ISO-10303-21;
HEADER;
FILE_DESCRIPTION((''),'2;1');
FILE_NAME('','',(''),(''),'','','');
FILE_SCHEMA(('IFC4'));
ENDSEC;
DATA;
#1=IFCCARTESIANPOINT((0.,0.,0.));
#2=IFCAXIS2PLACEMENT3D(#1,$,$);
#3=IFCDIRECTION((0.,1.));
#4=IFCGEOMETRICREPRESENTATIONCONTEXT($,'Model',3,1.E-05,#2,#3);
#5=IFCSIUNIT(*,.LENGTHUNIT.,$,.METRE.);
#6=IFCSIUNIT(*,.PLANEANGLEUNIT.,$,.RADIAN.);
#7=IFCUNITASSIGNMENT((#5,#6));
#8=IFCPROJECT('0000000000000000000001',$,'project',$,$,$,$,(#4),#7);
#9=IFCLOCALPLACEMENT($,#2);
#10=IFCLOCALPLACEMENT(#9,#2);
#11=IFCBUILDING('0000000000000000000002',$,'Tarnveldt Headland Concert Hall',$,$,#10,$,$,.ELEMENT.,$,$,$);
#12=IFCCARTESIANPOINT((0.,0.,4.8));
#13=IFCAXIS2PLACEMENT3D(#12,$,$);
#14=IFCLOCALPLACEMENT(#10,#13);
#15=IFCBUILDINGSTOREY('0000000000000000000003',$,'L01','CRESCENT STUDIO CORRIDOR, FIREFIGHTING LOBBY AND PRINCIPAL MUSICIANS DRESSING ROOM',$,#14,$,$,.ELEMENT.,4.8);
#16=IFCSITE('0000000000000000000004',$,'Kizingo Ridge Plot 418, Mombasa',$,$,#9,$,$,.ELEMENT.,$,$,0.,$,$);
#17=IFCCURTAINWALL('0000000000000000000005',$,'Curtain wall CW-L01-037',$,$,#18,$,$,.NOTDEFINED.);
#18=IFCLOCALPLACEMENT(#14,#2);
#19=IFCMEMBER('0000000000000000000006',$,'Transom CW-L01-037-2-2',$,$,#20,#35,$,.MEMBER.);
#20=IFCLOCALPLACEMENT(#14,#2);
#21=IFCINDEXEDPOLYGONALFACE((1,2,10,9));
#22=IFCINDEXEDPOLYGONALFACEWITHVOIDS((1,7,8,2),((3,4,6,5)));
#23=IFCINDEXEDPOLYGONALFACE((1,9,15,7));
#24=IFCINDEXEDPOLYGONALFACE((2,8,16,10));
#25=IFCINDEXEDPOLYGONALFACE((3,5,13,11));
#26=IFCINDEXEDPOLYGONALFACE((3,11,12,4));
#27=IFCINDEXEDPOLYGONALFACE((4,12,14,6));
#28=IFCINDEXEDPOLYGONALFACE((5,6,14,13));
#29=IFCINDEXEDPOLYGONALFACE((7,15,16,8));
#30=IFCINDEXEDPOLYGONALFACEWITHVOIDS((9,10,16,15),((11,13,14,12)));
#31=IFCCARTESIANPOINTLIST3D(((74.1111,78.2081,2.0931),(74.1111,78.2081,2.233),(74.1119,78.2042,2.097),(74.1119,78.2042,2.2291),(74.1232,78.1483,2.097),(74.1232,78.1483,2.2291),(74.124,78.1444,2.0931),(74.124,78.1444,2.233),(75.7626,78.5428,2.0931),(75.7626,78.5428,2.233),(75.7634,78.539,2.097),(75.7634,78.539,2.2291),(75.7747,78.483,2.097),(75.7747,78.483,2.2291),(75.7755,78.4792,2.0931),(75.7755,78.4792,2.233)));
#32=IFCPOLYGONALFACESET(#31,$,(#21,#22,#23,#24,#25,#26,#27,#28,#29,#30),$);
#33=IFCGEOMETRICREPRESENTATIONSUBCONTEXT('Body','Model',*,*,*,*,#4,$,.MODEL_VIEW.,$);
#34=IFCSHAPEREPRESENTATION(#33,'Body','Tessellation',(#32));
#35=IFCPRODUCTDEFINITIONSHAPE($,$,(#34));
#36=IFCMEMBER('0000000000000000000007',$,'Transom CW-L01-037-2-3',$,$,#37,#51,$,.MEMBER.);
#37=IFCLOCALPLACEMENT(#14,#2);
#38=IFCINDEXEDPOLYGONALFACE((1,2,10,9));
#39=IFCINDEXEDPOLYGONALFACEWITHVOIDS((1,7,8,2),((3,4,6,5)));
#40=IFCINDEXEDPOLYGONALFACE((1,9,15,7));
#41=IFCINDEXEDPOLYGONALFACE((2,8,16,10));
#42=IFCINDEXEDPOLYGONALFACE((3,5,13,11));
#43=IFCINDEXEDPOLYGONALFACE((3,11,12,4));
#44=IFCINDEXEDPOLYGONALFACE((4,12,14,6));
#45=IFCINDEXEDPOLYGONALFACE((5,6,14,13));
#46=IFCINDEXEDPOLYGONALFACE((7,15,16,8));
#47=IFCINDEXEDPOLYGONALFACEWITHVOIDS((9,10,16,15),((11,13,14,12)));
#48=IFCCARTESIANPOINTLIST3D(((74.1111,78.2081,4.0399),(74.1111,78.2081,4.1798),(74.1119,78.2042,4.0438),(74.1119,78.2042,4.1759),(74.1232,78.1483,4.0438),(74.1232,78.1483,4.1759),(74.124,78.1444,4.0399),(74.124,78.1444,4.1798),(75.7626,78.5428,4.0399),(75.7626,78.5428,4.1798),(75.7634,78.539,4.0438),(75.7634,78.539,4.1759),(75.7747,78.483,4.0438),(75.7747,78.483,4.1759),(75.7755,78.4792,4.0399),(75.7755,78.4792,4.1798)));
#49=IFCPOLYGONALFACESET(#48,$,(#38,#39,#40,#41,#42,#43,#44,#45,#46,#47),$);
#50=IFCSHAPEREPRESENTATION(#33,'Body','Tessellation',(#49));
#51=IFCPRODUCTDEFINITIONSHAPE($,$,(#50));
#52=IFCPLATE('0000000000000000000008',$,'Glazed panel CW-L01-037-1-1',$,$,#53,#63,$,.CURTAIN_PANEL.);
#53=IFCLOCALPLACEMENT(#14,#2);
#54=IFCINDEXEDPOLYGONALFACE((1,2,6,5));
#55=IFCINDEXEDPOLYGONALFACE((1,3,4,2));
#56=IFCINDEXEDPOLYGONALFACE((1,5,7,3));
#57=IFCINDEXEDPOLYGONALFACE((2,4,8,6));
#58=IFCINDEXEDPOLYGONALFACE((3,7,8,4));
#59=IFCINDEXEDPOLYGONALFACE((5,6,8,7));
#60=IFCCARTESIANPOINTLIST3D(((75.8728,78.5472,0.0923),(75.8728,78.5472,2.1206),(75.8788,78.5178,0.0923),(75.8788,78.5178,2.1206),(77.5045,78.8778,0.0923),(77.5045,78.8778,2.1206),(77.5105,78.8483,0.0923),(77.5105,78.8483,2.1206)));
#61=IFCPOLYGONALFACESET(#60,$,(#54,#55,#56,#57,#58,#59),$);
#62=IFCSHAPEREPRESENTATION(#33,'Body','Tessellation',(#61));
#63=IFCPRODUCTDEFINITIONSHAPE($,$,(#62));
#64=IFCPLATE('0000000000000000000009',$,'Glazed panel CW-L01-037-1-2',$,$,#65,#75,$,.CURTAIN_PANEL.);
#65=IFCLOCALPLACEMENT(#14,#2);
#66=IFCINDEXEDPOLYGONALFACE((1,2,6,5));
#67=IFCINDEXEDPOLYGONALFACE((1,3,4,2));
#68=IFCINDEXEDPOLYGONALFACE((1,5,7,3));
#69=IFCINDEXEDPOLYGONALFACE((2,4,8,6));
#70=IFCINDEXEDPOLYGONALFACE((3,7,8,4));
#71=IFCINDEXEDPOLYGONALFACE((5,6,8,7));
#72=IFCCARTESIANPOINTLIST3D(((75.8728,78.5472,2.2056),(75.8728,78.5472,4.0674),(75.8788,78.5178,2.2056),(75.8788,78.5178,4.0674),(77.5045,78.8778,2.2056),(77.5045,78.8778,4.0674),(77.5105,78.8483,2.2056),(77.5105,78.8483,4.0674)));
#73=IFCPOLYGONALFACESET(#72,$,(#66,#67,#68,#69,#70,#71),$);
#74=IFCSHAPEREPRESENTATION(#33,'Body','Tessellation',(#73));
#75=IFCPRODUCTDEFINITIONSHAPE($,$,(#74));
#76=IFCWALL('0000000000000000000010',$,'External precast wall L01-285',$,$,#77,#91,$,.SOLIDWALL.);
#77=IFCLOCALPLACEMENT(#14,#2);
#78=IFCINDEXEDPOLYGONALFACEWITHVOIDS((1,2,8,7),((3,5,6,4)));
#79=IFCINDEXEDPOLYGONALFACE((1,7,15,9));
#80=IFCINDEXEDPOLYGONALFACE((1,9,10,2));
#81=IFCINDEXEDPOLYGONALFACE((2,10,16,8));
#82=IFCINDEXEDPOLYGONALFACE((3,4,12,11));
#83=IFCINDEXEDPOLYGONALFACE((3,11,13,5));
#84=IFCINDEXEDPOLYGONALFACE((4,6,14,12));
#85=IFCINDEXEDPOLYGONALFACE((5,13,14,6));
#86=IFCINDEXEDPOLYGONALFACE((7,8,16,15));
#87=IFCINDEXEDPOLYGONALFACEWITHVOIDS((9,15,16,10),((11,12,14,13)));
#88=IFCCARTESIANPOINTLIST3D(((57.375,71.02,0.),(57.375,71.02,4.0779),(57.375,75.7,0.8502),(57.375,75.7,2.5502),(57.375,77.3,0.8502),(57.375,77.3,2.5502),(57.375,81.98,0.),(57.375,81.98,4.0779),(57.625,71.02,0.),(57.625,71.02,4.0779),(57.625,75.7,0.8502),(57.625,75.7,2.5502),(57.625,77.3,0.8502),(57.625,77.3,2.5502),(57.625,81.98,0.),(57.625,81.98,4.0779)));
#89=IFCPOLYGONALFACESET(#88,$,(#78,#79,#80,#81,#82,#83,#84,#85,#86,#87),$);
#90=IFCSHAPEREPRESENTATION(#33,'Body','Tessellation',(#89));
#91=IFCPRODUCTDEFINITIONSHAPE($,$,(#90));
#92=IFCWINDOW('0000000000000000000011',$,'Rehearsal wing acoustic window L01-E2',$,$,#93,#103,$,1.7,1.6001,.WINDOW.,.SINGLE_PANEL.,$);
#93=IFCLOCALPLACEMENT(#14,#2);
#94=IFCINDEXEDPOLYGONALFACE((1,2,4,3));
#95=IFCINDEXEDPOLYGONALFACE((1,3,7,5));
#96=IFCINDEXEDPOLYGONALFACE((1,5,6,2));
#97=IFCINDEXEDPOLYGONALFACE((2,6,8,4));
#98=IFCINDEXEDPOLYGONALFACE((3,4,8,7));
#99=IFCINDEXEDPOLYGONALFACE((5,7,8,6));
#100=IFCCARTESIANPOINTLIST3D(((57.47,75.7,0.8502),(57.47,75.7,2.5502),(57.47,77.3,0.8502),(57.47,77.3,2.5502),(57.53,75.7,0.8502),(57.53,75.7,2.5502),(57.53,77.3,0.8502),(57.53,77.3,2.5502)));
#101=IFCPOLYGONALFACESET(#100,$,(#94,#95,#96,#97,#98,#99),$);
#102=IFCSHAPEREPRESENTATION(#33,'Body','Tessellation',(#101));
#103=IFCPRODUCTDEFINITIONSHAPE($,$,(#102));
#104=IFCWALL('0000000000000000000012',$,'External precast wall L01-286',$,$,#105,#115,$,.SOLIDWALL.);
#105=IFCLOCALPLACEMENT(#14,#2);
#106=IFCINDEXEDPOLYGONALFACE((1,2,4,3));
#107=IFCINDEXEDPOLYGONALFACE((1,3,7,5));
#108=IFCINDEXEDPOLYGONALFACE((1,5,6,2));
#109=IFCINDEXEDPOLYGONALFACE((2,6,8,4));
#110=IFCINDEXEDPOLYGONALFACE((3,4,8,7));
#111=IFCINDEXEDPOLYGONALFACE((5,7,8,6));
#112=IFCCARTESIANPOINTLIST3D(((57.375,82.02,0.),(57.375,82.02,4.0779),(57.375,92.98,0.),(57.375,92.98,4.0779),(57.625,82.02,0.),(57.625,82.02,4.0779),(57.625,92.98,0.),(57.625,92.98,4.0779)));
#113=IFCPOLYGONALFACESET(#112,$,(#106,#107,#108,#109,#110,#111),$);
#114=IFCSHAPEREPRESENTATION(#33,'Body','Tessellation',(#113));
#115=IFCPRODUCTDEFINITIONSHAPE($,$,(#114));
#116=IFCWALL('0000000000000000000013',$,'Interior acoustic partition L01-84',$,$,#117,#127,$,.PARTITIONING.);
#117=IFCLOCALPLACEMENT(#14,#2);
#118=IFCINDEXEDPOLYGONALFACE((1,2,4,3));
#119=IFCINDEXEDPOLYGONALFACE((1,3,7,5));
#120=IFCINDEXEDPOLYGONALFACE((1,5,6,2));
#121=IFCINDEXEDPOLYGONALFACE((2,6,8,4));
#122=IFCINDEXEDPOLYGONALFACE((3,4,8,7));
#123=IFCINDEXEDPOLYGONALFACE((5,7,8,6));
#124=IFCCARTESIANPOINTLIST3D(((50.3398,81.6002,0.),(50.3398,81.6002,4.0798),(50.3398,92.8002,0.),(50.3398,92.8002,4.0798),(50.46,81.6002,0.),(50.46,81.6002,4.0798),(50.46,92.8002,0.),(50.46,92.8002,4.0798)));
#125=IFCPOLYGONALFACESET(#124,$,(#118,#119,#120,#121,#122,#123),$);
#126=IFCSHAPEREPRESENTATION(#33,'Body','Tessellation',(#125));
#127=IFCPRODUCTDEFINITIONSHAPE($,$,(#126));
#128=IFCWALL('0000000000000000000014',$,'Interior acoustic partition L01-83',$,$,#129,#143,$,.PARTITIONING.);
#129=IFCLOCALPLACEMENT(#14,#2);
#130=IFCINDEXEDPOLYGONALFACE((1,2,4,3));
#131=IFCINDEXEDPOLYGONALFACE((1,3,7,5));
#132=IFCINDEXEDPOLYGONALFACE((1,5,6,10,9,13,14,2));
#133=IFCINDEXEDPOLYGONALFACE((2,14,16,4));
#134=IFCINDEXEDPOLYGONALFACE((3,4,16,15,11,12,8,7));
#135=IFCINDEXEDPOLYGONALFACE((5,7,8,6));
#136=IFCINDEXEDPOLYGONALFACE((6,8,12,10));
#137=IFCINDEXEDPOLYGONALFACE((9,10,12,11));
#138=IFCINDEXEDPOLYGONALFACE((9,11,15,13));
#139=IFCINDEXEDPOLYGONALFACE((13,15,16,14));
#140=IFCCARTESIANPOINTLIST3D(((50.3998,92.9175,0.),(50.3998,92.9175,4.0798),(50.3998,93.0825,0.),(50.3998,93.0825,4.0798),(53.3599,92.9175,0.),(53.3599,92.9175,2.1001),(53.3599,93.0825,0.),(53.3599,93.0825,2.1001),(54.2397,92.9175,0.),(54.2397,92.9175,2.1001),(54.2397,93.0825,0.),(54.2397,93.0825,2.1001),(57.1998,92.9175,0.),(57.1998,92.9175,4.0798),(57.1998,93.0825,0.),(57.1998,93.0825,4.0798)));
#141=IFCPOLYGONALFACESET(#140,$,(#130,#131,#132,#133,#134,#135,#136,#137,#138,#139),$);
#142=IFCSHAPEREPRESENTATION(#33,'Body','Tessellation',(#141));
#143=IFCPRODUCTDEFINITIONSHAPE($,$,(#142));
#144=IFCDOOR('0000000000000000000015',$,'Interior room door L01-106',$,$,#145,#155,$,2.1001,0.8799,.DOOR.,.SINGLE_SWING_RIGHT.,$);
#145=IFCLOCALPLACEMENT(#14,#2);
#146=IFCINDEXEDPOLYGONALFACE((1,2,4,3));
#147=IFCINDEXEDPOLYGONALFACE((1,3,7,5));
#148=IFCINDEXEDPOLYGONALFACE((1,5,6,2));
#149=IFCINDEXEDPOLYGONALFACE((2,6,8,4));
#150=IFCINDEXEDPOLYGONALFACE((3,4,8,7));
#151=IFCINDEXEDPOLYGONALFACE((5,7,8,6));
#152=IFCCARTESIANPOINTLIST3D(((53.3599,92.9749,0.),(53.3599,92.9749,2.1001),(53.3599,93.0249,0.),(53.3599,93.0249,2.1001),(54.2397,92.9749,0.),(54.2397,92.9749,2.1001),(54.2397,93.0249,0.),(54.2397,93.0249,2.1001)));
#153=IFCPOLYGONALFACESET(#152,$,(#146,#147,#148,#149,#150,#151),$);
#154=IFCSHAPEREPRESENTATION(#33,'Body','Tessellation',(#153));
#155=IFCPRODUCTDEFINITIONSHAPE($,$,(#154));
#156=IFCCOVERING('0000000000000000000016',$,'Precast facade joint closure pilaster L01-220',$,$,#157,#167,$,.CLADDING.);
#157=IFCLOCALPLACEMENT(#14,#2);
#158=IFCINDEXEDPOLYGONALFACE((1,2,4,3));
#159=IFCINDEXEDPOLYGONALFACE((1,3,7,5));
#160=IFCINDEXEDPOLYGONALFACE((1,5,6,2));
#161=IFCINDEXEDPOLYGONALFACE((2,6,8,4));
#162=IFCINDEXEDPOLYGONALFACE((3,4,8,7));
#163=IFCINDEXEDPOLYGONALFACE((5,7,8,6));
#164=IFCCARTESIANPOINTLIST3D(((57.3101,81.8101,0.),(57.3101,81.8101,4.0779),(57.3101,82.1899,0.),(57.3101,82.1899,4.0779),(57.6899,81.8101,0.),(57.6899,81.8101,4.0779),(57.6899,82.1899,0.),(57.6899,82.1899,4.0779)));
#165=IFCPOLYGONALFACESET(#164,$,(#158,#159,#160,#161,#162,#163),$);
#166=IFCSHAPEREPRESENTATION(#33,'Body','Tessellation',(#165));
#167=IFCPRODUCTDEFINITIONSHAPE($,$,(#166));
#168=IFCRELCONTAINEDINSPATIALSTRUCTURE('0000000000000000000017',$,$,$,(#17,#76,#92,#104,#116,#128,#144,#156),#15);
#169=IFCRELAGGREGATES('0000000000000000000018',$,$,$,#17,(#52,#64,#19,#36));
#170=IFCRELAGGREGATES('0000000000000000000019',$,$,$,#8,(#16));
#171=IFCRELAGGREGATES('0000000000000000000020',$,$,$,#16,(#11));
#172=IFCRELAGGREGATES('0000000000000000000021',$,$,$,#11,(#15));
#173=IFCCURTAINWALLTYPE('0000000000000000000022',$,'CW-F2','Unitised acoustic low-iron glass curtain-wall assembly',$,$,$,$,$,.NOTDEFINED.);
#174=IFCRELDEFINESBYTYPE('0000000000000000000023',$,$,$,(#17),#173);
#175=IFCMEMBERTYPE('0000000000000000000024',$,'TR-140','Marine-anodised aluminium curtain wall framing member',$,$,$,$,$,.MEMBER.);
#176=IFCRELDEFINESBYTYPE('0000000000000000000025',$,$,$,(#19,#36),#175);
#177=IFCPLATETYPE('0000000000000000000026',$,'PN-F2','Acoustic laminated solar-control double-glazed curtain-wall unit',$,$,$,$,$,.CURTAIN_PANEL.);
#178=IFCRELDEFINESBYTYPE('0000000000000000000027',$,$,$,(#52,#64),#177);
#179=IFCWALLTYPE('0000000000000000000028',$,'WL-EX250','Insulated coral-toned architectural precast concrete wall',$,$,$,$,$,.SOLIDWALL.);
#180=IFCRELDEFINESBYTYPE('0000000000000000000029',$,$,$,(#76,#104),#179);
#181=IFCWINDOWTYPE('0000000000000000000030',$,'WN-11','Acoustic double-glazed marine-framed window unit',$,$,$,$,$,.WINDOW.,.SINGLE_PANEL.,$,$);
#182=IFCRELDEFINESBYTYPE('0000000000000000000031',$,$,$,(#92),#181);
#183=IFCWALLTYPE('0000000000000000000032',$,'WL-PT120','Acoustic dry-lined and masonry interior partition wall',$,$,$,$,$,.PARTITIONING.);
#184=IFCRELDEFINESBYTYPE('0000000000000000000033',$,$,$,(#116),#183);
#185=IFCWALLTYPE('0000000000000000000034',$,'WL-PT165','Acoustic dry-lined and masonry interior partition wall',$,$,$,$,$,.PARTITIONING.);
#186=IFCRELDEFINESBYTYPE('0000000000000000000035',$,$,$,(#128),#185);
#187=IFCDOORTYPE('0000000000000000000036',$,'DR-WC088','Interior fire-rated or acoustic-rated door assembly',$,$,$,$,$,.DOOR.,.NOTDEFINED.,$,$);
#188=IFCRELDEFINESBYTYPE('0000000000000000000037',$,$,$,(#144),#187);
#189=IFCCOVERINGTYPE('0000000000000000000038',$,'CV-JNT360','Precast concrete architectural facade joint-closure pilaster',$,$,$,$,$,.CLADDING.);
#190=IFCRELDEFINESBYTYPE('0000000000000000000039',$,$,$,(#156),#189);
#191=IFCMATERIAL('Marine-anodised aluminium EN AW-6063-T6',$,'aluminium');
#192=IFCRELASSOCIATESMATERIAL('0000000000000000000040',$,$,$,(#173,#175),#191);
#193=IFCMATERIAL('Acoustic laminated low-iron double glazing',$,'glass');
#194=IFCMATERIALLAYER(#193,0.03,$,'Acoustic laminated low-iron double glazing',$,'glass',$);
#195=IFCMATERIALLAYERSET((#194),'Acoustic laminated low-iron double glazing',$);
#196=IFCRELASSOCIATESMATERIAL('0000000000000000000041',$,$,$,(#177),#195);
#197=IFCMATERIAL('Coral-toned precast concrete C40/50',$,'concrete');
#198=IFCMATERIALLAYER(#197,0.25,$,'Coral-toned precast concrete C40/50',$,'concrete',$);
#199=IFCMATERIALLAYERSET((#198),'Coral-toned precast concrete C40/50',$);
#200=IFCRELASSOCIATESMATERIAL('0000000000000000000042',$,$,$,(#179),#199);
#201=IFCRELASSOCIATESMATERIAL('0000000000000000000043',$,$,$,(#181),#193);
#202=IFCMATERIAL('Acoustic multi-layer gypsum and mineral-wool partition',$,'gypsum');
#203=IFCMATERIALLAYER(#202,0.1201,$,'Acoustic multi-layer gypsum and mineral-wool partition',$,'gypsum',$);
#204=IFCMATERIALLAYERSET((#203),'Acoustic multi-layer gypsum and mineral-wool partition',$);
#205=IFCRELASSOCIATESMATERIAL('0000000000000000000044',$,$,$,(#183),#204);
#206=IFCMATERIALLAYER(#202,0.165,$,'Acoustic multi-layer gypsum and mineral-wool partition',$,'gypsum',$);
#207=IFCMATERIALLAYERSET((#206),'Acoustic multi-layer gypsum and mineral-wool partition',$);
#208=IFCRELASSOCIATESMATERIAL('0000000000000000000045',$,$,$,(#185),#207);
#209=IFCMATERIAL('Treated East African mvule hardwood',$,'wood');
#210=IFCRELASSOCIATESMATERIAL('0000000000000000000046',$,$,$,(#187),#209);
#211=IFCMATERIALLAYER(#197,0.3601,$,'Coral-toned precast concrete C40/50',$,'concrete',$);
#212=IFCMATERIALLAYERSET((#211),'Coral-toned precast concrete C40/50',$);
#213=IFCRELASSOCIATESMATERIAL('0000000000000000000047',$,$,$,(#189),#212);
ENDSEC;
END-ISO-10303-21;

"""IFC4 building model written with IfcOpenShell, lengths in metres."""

from ifc_helpers import new_model, si_unit, direction, frame, frame_2d, origin, origin_2d, place, context, subcontext, project, spatial, rectangle, hollow_rectangle, extrude, material, layer, layer_set, material_profile, profile_set, type_object, element, fill, aggregate, save


model = new_model("IFC4")

# Units and contexts
model_context = context("Model", 3, precision=1e-05, world=origin(), true_north=direction((0.0, 1.0)))
body_context = subcontext(model_context, "Body", "Model", "MODEL_VIEW")
ifc_project = project(units=[si_unit("LENGTHUNIT", "METRE"), si_unit("PLANEANGLEUNIT", "RADIAN")], contexts=[model_context])

# Site, building, storey
site_placement = place(None, origin())
site = spatial("IfcSite", under=ifc_project, at=site_placement, Name="Kizingo Ridge Plot 418, Mombasa", CompositionType="ELEMENT", RefElevation=0.0)
building_placement = place(site_placement, origin())
building = spatial("IfcBuilding", under=site, at=building_placement, Name="Tarnveldt Headland Concert Hall", CompositionType="ELEMENT")
storey_placement = place(building_placement, frame((0.0, 0.0, 4.8)))
storey = spatial("IfcBuildingStorey", under=building, at=storey_placement, Name="L01", Description="CRESCENT STUDIO CORRIDOR, FIREFIGHTING LOBBY AND PRINCIPAL MUSICIANS DRESSING ROOM", CompositionType="ELEMENT", Elevation=4.8)

# Curtain wall
ifc_material_1 = material(Name="Marine-anodised aluminium EN AW-6063-T6", Category="aluminium")
curtain_wall_type = type_object("IfcCurtainWallType", Name="CW-F2", Description="Unitised acoustic low-iron glass curtain-wall assembly", PredefinedType="NOTDEFINED", material=ifc_material_1)
curtain_wall_placement = place(storey_placement, origin())
curtain_wall = element("IfcCurtainWall", 1, at=curtain_wall_placement, inside=storey, type_object=curtain_wall_type, Name="Curtain wall CW-L01-037", PredefinedType="NOTDEFINED")

# Members
ifc_material_profile_1 = material_profile(ifc_material_1, hollow_rectangle(XDim=0.0649, YDim=0.1399, WallThickness=0.0039, at=origin_2d()), Name="ALU TRANSOM 65x140x4", Category="aluminium")
ifc_profile_set_1 = profile_set([ifc_material_profile_1], Name="Marine-anodised aluminium EN AW-6063-T6")
member_type_1 = type_object("IfcMemberType", Name="TR-140", Description="Marine-anodised aluminium curtain wall framing member", PredefinedType="MEMBER", material=ifc_profile_set_1)
member_1_placement = place(storey_placement, frame((75.769, 78.511, 2.1631), z_axis=(-0.98007, -0.198651, 0.0), x_axis=(0.198651, -0.98007, 0.0)))
member_1 = element("IfcMember", 2, at=member_1_placement, type_object=member_type_1, Name="Transom CW-L01-037-2-2", PredefinedType="MEMBER", context=body_context, shape_type="SweptSolid", body=[
    extrude(hollow_rectangle(XDim=0.0649, YDim=0.1399, WallThickness=0.0039, at=origin_2d()), origin(), (0.0, 0.0, 1.0), 1.6851),
])
member_2_placement = place(storey_placement, frame((75.769, 78.511, 4.1099), z_axis=(-0.98007, -0.198651, 0.0), x_axis=(0.198651, -0.98007, 0.0)))
member_2 = element("IfcMember", 3, at=member_2_placement, type_object=member_type_1, Name="Transom CW-L01-037-2-3", PredefinedType="MEMBER", context=body_context, shape_type="SweptSolid", body=[
    extrude(hollow_rectangle(XDim=0.0649, YDim=0.1399, WallThickness=0.0039, at=origin_2d()), origin(), (0.0, 0.0, 1.0), 1.6851),
])

# Plates
ifc_material_2 = material(Name="Acoustic laminated low-iron double glazing", Category="glass")
ifc_layer_1 = layer(ifc_material_2, 0.03, Name="Acoustic laminated low-iron double glazing", Category="glass")
ifc_layer_set_1 = layer_set([ifc_layer_1], Name="Acoustic laminated low-iron double glazing")
plate_type = type_object("IfcPlateType", Name="PN-F2", Description="Acoustic laminated solar-control double-glazed curtain-wall unit", PredefinedType="CURTAIN_PANEL", material=ifc_layer_set_1)
plate_1_placement = place(storey_placement, frame((76.6917, 78.6978, 0.0923), z_axis=(0.0, 0.0, 1.0), x_axis=(-0.980088, -0.198564, 0.0)))
plate_1 = element("IfcPlate", 4, at=plate_1_placement, type_object=plate_type, Name="Glazed panel CW-L01-037-1-1", PredefinedType="CURTAIN_PANEL", context=body_context, shape_type="SweptSolid", body=[
    extrude(rectangle(XDim=1.6648, YDim=0.03, at=origin_2d()), origin(), (0.0, 0.0, 1.0), 2.0283),
])
plate_2_placement = place(storey_placement, frame((76.6917, 78.6978, 2.2056), z_axis=(0.0, 0.0, 1.0), x_axis=(-0.980088, -0.198564, 0.0)))
plate_2 = element("IfcPlate", 5, at=plate_2_placement, type_object=plate_type, Name="Glazed panel CW-L01-037-1-2", PredefinedType="CURTAIN_PANEL", context=body_context, shape_type="SweptSolid", body=[
    extrude(rectangle(XDim=1.6648, YDim=0.03, at=origin_2d()), origin(), (0.0, 0.0, 1.0), 1.8618),
])
aggregate(curtain_wall, [plate_1, plate_2, member_1, member_2])

# Wall, opening, window
ifc_material_3 = material(Name="Coral-toned precast concrete C40/50", Category="concrete")
ifc_layer_2 = layer(ifc_material_3, 0.25, Name="Coral-toned precast concrete C40/50", Category="concrete")
ifc_layer_set_2 = layer_set([ifc_layer_2], Name="Coral-toned precast concrete C40/50")
wall_type_1 = type_object("IfcWallType", Name="WL-EX250", Description="Insulated coral-toned architectural precast concrete wall", PredefinedType="SOLIDWALL", material=ifc_layer_set_2)
wall_1_placement = place(storey_placement, frame((57.5, 81.98, 0.0), z_axis=(0.0, 0.0, 1.0), x_axis=(0.0, -1.0, 0.0)))
wall_1 = element("IfcWall", 6, at=wall_1_placement, inside=storey, type_object=wall_type_1, Name="External precast wall L01-285", PredefinedType="SOLIDWALL", context=body_context, shape_type="SweptSolid", body=[
    extrude(rectangle(XDim=10.96, YDim=0.25, at=frame_2d((5.48, 0.0))), origin(), (0.0, 0.0, 1.0), 4.0779),
])
opening_1_placement = place(wall_1_placement, frame((4.6799, 0.0, 0.8501)))
opening_1 = element("IfcOpeningElement", 7, at=opening_1_placement, cuts=wall_1, PredefinedType="OPENING", context=body_context, shape_type="SweptSolid", body=[
    extrude(rectangle(XDim=1.6001, YDim=1.7, at=frame_2d((0.8, 0.8501))), frame((0.0, 0.135, 0.0), z_axis=(0.0, -1.0, 0.0), x_axis=(1.0, 0.0, 0.0)), (0.0, 0.0, 1.0), 0.27),
])
window_type = type_object("IfcWindowType", Name="WN-11", Description="Acoustic double-glazed marine-framed window unit", PartitioningType="SINGLE_PANEL", PredefinedType="WINDOW", material=ifc_material_2)
window_placement = place(opening_1_placement, origin())
window = element("IfcWindow", 8, at=window_placement, inside=storey, type_object=window_type, Name="Rehearsal wing acoustic window L01-E2", OverallHeight=1.7, OverallWidth=1.6001, PartitioningType="SINGLE_PANEL", PredefinedType="WINDOW", context=body_context, shape_type="SweptSolid", body=[
    extrude(rectangle(XDim=1.6001, YDim=1.7, at=frame_2d((0.8, 0.8501))), frame((0.0, 0.03, 0.0), z_axis=(0.0, -1.0, 0.0), x_axis=(1.0, 0.0, 0.0)), (0.0, 0.0, 1.0), 0.0601),
])
fill(opening_1, window)

# Walls
wall_2_placement = place(storey_placement, frame((57.5, 92.98, 0.0), z_axis=(0.0, 0.0, 1.0), x_axis=(0.0, -1.0, 0.0)))
element("IfcWall", 9, at=wall_2_placement, inside=storey, type_object=wall_type_1, Name="External precast wall L01-286", PredefinedType="SOLIDWALL", context=body_context, shape_type="SweptSolid", body=[
    extrude(rectangle(XDim=10.96, YDim=0.25, at=frame_2d((5.48, 0.0))), origin(), (0.0, 0.0, 1.0), 4.0779),
])
ifc_material_4 = material(Name="Acoustic multi-layer gypsum and mineral-wool partition", Category="gypsum")
ifc_layer_3 = layer(ifc_material_4, 0.1201, Name="Acoustic multi-layer gypsum and mineral-wool partition", Category="gypsum")
ifc_layer_set_3 = layer_set([ifc_layer_3], Name="Acoustic multi-layer gypsum and mineral-wool partition")
wall_type_2 = type_object("IfcWallType", Name="WL-PT120", Description="Acoustic dry-lined and masonry interior partition wall", PredefinedType="PARTITIONING", material=ifc_layer_set_3)
wall_3_placement = place(storey_placement, frame((50.3999, 81.6001, 0.0), z_axis=(0.0, 0.0, 1.0), x_axis=(0.0, 1.0, 0.0)))
element("IfcWall", 10, at=wall_3_placement, inside=storey, type_object=wall_type_2, Name="Interior acoustic partition L01-84", PredefinedType="PARTITIONING", context=body_context, shape_type="SweptSolid", body=[
    extrude(rectangle(XDim=11.2, YDim=0.1201, at=frame_2d((5.6001, 0.0))), origin(), (0.0, 0.0, 1.0), 4.0798),
])

# Wall, opening, door
ifc_layer_4 = layer(ifc_material_4, 0.165, Name="Acoustic multi-layer gypsum and mineral-wool partition", Category="gypsum")
ifc_layer_set_4 = layer_set([ifc_layer_4], Name="Acoustic multi-layer gypsum and mineral-wool partition")
wall_type_3 = type_object("IfcWallType", Name="WL-PT165", Description="Acoustic dry-lined and masonry interior partition wall", PredefinedType="PARTITIONING", material=ifc_layer_set_4)
wall_4_placement = place(storey_placement, frame((50.3999, 93.0, 0.0), z_axis=(0.0, 0.0, 1.0), x_axis=(1.0, 0.0, 0.0)))
wall_4 = element("IfcWall", 11, at=wall_4_placement, inside=storey, type_object=wall_type_3, Name="Interior acoustic partition L01-83", PredefinedType="PARTITIONING", context=body_context, shape_type="SweptSolid", body=[
    extrude(rectangle(XDim=6.8, YDim=0.165, at=frame_2d((3.3999, 0.0))), origin(), (0.0, 0.0, 1.0), 4.0798),
])
opening_2_placement = place(wall_4_placement, frame((2.96, 0.0, 0.0)))
opening_2 = element("IfcOpeningElement", 12, at=opening_2_placement, cuts=wall_4, PredefinedType="OPENING", context=body_context, shape_type="SweptSolid", body=[
    extrude(rectangle(XDim=0.8799, YDim=2.1001, at=frame_2d((0.4399, 1.05))), frame((0.0, 0.0925, 0.0), z_axis=(0.0, -1.0, 0.0), x_axis=(1.0, 0.0, 0.0)), (0.0, 0.0, 1.0), 0.1851),
])
ifc_material_5 = material(Name="Treated East African mvule hardwood", Category="wood")
door_type = type_object("IfcDoorType", Name="DR-WC088", Description="Interior fire-rated or acoustic-rated door assembly", OperationType="NOTDEFINED", PredefinedType="DOOR", material=ifc_material_5)
door_placement = place(opening_2_placement, origin())
door = element("IfcDoor", 13, at=door_placement, inside=storey, type_object=door_type, Name="Interior room door L01-106", OperationType="SINGLE_SWING_RIGHT", OverallHeight=2.1001, OverallWidth=0.8799, PredefinedType="DOOR", context=body_context, shape_type="SweptSolid", body=[
    extrude(rectangle(XDim=0.8799, YDim=2.1001, at=frame_2d((0.4399, 1.05))), frame((0.0, 0.0249, 0.0), z_axis=(0.0, -1.0, 0.0), x_axis=(1.0, 0.0, 0.0)), (0.0, 0.0, 1.0), 0.05),
])
fill(opening_2, door)

# Covering
ifc_layer_5 = layer(ifc_material_3, 0.3601, Name="Coral-toned precast concrete C40/50", Category="concrete")
ifc_layer_set_5 = layer_set([ifc_layer_5], Name="Coral-toned precast concrete C40/50")
covering_type = type_object("IfcCoveringType", Name="CV-JNT360", Description="Precast concrete architectural facade joint-closure pilaster", PredefinedType="CLADDING", material=ifc_layer_set_5)
covering_placement = place(storey_placement, frame((57.5, 82.0, 0.0), z_axis=(0.0, 0.0, 1.0), x_axis=(0.0, -1.0, 0.0)))
element("IfcCovering", 14, at=covering_placement, inside=storey, type_object=covering_type, Name="Precast facade joint closure pilaster L01-220", PredefinedType="CLADDING", context=body_context, shape_type="SweptSolid", body=[
    extrude(rectangle(XDim=0.3799, YDim=0.3799, at=origin_2d()), origin(), (0.0, 0.0, 1.0), 4.0779),
])

save(model, "model.ifc")
